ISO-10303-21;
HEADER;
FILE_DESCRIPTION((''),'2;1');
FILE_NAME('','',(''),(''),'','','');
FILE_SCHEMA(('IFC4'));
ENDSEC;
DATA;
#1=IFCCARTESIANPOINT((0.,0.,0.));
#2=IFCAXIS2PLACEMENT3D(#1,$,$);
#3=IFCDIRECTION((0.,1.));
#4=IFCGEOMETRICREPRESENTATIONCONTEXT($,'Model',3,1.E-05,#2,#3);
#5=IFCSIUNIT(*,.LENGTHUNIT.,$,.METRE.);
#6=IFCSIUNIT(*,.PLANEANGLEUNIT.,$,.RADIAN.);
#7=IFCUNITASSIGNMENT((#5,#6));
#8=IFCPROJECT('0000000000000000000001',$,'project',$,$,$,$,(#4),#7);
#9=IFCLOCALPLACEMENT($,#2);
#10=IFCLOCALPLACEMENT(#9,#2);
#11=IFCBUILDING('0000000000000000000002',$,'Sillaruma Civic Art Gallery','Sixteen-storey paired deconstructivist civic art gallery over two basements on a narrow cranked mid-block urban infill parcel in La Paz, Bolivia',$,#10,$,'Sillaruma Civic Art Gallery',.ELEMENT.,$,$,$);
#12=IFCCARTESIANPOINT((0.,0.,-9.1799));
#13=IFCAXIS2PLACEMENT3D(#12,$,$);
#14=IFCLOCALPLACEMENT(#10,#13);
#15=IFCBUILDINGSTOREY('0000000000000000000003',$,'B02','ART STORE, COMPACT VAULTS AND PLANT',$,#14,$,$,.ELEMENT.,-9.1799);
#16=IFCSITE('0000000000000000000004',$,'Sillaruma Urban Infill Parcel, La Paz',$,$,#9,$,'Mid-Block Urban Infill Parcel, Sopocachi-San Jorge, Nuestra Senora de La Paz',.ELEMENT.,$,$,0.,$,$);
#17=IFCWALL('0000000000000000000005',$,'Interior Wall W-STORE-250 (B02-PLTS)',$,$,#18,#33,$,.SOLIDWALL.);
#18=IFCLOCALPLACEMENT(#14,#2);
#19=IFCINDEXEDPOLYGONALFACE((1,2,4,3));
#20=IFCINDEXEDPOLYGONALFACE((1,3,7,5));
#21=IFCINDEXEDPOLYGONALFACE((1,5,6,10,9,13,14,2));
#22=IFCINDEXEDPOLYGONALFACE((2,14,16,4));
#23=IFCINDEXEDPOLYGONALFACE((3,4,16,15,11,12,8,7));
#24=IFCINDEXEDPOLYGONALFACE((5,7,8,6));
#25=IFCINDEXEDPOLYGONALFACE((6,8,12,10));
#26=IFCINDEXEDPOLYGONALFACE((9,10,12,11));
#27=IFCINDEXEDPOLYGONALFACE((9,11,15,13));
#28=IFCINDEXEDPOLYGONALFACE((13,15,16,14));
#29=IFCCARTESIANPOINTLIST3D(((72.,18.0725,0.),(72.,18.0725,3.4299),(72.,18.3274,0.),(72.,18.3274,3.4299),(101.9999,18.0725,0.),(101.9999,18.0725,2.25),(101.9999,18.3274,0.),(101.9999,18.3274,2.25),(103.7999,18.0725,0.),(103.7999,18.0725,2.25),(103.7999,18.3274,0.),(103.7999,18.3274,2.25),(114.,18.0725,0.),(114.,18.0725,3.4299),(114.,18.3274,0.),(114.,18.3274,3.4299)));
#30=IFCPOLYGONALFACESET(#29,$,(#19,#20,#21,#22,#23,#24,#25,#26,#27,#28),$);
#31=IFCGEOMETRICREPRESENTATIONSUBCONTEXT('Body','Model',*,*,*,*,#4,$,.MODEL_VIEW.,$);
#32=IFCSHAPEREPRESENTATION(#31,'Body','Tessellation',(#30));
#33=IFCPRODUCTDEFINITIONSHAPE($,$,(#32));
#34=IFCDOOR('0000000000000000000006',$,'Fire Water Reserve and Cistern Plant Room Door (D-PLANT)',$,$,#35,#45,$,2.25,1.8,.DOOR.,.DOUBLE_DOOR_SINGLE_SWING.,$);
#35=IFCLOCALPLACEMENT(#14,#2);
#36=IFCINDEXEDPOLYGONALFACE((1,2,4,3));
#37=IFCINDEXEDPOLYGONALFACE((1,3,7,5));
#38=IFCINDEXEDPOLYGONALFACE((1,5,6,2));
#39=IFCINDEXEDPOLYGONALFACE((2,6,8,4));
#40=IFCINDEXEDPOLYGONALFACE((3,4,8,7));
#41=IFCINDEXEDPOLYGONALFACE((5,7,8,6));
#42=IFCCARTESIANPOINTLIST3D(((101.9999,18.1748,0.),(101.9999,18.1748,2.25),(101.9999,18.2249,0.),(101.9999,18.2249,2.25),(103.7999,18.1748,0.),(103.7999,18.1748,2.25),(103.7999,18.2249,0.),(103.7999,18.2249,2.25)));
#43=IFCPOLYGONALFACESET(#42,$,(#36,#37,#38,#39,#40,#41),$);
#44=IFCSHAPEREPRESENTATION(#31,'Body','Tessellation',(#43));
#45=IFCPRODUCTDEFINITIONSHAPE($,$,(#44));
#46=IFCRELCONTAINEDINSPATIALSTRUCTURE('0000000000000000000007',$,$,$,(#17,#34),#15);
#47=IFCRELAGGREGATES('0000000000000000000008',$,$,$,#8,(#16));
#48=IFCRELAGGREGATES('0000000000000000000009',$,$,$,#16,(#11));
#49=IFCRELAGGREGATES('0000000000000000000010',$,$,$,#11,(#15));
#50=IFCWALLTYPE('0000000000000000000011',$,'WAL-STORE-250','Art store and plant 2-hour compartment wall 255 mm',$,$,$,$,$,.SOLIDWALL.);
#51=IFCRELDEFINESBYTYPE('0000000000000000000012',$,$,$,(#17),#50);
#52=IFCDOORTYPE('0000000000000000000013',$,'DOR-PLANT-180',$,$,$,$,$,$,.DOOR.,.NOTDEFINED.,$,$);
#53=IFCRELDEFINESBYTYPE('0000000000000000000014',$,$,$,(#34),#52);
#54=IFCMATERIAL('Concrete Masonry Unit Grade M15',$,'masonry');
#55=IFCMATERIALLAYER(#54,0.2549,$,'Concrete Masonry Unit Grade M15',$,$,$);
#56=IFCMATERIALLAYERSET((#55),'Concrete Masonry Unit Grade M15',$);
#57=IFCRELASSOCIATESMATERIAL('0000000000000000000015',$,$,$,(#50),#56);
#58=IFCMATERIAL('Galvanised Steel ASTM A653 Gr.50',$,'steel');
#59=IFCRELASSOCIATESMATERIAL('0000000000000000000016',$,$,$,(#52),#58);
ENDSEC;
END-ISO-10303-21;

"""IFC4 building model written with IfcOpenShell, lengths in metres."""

from ifc_helpers import new_model, si_unit, direction, frame, frame_2d, origin, place, context, subcontext, project, spatial, rectangle, extrude, material, layer, layer_set, type_object, element, fill, save


model = new_model("IFC4")

# Units and contexts
model_context = context("Model", 3, precision=1e-05, world=origin(), true_north=direction((0.0, 1.0)))
body_context = subcontext(model_context, "Body", "Model", "MODEL_VIEW")
ifc_project = project(units=[si_unit("LENGTHUNIT", "METRE"), si_unit("PLANEANGLEUNIT", "RADIAN")], contexts=[model_context])

# Site, building, storey
site_placement = place(None, origin())
site = spatial("IfcSite", under=ifc_project, at=site_placement, Name="Sillaruma Urban Infill Parcel, La Paz", LongName="Mid-Block Urban Infill Parcel, Sopocachi-San Jorge, Nuestra Senora de La Paz", CompositionType="ELEMENT", RefElevation=0.0)
building_placement = place(site_placement, origin())
building = spatial("IfcBuilding", under=site, at=building_placement, Name="Sillaruma Civic Art Gallery", Description="Sixteen-storey paired deconstructivist civic art gallery over two basements on a narrow cranked mid-block urban infill parcel in La Paz, Bolivia", LongName="Sillaruma Civic Art Gallery", CompositionType="ELEMENT")
storey_placement = place(building_placement, frame((0.0, 0.0, -9.1799)))
storey = spatial("IfcBuildingStorey", under=building, at=storey_placement, Name="B02", Description="ART STORE, COMPACT VAULTS AND PLANT", CompositionType="ELEMENT", Elevation=-9.1799)

# Wall, opening, door
ifc_material_1 = material(Name="Concrete Masonry Unit Grade M15", Category="masonry")
ifc_layer_1 = layer(ifc_material_1, 0.2549, Name="Concrete Masonry Unit Grade M15")
ifc_layer_set_1 = layer_set([ifc_layer_1], Name="Concrete Masonry Unit Grade M15")
wall_type = type_object("IfcWallType", Name="WAL-STORE-250", Description="Art store and plant 2-hour compartment wall 255 mm", PredefinedType="SOLIDWALL", material=ifc_layer_set_1)
wall_placement = place(storey_placement, frame((72.0, 18.2, 0.0), z_axis=(0.0, 0.0, 1.0), x_axis=(1.0, 0.0, 0.0)))
wall = element("IfcWall", 1, at=wall_placement, inside=storey, type_object=wall_type, Name="Interior Wall W-STORE-250 (B02-PLTS)", PredefinedType="SOLIDWALL", context=body_context, shape_type="SweptSolid", body=[
    extrude(rectangle(XDim=42.0, YDim=0.2549, at=frame_2d((21.0, 0.0))), origin(), (0.0, 0.0, 1.0), 3.4299),
])
opening_placement = place(wall_placement, frame((30.0, 0.0, 0.0)))
opening = element("IfcOpeningElement", 2, at=opening_placement, cuts=wall, PredefinedType="OPENING", context=body_context, shape_type="SweptSolid", body=[
    extrude(rectangle(XDim=1.8, YDim=2.25, at=frame_2d((0.8999, 1.125))), frame((0.0, 0.1375, 0.0), z_axis=(0.0, -1.0, 0.0), x_axis=(1.0, 0.0, 0.0)), (0.0, 0.0, 1.0), 0.2749),
])
ifc_material_2 = material(Name="Galvanised Steel ASTM A653 Gr.50", Category="steel")
door_type = type_object("IfcDoorType", Name="DOR-PLANT-180", OperationType="NOTDEFINED", PredefinedType="DOOR", material=ifc_material_2)
door_placement = place(opening_placement, origin())
door = element("IfcDoor", 3, at=door_placement, inside=storey, type_object=door_type, Name="Fire Water Reserve and Cistern Plant Room Door (D-PLANT)", OperationType="DOUBLE_DOOR_SINGLE_SWING", OverallHeight=2.25, OverallWidth=1.8, PredefinedType="DOOR", context=body_context, shape_type="SweptSolid", body=[
    extrude(rectangle(XDim=1.8, YDim=2.25, at=frame_2d((0.8999, 1.125))), frame((0.0, 0.0249, 0.0), z_axis=(0.0, -1.0, 0.0), x_axis=(1.0, 0.0, 0.0)), (0.0, 0.0, 1.0), 0.05),
])
fill(opening, door)

save(model, "model.ifc")
